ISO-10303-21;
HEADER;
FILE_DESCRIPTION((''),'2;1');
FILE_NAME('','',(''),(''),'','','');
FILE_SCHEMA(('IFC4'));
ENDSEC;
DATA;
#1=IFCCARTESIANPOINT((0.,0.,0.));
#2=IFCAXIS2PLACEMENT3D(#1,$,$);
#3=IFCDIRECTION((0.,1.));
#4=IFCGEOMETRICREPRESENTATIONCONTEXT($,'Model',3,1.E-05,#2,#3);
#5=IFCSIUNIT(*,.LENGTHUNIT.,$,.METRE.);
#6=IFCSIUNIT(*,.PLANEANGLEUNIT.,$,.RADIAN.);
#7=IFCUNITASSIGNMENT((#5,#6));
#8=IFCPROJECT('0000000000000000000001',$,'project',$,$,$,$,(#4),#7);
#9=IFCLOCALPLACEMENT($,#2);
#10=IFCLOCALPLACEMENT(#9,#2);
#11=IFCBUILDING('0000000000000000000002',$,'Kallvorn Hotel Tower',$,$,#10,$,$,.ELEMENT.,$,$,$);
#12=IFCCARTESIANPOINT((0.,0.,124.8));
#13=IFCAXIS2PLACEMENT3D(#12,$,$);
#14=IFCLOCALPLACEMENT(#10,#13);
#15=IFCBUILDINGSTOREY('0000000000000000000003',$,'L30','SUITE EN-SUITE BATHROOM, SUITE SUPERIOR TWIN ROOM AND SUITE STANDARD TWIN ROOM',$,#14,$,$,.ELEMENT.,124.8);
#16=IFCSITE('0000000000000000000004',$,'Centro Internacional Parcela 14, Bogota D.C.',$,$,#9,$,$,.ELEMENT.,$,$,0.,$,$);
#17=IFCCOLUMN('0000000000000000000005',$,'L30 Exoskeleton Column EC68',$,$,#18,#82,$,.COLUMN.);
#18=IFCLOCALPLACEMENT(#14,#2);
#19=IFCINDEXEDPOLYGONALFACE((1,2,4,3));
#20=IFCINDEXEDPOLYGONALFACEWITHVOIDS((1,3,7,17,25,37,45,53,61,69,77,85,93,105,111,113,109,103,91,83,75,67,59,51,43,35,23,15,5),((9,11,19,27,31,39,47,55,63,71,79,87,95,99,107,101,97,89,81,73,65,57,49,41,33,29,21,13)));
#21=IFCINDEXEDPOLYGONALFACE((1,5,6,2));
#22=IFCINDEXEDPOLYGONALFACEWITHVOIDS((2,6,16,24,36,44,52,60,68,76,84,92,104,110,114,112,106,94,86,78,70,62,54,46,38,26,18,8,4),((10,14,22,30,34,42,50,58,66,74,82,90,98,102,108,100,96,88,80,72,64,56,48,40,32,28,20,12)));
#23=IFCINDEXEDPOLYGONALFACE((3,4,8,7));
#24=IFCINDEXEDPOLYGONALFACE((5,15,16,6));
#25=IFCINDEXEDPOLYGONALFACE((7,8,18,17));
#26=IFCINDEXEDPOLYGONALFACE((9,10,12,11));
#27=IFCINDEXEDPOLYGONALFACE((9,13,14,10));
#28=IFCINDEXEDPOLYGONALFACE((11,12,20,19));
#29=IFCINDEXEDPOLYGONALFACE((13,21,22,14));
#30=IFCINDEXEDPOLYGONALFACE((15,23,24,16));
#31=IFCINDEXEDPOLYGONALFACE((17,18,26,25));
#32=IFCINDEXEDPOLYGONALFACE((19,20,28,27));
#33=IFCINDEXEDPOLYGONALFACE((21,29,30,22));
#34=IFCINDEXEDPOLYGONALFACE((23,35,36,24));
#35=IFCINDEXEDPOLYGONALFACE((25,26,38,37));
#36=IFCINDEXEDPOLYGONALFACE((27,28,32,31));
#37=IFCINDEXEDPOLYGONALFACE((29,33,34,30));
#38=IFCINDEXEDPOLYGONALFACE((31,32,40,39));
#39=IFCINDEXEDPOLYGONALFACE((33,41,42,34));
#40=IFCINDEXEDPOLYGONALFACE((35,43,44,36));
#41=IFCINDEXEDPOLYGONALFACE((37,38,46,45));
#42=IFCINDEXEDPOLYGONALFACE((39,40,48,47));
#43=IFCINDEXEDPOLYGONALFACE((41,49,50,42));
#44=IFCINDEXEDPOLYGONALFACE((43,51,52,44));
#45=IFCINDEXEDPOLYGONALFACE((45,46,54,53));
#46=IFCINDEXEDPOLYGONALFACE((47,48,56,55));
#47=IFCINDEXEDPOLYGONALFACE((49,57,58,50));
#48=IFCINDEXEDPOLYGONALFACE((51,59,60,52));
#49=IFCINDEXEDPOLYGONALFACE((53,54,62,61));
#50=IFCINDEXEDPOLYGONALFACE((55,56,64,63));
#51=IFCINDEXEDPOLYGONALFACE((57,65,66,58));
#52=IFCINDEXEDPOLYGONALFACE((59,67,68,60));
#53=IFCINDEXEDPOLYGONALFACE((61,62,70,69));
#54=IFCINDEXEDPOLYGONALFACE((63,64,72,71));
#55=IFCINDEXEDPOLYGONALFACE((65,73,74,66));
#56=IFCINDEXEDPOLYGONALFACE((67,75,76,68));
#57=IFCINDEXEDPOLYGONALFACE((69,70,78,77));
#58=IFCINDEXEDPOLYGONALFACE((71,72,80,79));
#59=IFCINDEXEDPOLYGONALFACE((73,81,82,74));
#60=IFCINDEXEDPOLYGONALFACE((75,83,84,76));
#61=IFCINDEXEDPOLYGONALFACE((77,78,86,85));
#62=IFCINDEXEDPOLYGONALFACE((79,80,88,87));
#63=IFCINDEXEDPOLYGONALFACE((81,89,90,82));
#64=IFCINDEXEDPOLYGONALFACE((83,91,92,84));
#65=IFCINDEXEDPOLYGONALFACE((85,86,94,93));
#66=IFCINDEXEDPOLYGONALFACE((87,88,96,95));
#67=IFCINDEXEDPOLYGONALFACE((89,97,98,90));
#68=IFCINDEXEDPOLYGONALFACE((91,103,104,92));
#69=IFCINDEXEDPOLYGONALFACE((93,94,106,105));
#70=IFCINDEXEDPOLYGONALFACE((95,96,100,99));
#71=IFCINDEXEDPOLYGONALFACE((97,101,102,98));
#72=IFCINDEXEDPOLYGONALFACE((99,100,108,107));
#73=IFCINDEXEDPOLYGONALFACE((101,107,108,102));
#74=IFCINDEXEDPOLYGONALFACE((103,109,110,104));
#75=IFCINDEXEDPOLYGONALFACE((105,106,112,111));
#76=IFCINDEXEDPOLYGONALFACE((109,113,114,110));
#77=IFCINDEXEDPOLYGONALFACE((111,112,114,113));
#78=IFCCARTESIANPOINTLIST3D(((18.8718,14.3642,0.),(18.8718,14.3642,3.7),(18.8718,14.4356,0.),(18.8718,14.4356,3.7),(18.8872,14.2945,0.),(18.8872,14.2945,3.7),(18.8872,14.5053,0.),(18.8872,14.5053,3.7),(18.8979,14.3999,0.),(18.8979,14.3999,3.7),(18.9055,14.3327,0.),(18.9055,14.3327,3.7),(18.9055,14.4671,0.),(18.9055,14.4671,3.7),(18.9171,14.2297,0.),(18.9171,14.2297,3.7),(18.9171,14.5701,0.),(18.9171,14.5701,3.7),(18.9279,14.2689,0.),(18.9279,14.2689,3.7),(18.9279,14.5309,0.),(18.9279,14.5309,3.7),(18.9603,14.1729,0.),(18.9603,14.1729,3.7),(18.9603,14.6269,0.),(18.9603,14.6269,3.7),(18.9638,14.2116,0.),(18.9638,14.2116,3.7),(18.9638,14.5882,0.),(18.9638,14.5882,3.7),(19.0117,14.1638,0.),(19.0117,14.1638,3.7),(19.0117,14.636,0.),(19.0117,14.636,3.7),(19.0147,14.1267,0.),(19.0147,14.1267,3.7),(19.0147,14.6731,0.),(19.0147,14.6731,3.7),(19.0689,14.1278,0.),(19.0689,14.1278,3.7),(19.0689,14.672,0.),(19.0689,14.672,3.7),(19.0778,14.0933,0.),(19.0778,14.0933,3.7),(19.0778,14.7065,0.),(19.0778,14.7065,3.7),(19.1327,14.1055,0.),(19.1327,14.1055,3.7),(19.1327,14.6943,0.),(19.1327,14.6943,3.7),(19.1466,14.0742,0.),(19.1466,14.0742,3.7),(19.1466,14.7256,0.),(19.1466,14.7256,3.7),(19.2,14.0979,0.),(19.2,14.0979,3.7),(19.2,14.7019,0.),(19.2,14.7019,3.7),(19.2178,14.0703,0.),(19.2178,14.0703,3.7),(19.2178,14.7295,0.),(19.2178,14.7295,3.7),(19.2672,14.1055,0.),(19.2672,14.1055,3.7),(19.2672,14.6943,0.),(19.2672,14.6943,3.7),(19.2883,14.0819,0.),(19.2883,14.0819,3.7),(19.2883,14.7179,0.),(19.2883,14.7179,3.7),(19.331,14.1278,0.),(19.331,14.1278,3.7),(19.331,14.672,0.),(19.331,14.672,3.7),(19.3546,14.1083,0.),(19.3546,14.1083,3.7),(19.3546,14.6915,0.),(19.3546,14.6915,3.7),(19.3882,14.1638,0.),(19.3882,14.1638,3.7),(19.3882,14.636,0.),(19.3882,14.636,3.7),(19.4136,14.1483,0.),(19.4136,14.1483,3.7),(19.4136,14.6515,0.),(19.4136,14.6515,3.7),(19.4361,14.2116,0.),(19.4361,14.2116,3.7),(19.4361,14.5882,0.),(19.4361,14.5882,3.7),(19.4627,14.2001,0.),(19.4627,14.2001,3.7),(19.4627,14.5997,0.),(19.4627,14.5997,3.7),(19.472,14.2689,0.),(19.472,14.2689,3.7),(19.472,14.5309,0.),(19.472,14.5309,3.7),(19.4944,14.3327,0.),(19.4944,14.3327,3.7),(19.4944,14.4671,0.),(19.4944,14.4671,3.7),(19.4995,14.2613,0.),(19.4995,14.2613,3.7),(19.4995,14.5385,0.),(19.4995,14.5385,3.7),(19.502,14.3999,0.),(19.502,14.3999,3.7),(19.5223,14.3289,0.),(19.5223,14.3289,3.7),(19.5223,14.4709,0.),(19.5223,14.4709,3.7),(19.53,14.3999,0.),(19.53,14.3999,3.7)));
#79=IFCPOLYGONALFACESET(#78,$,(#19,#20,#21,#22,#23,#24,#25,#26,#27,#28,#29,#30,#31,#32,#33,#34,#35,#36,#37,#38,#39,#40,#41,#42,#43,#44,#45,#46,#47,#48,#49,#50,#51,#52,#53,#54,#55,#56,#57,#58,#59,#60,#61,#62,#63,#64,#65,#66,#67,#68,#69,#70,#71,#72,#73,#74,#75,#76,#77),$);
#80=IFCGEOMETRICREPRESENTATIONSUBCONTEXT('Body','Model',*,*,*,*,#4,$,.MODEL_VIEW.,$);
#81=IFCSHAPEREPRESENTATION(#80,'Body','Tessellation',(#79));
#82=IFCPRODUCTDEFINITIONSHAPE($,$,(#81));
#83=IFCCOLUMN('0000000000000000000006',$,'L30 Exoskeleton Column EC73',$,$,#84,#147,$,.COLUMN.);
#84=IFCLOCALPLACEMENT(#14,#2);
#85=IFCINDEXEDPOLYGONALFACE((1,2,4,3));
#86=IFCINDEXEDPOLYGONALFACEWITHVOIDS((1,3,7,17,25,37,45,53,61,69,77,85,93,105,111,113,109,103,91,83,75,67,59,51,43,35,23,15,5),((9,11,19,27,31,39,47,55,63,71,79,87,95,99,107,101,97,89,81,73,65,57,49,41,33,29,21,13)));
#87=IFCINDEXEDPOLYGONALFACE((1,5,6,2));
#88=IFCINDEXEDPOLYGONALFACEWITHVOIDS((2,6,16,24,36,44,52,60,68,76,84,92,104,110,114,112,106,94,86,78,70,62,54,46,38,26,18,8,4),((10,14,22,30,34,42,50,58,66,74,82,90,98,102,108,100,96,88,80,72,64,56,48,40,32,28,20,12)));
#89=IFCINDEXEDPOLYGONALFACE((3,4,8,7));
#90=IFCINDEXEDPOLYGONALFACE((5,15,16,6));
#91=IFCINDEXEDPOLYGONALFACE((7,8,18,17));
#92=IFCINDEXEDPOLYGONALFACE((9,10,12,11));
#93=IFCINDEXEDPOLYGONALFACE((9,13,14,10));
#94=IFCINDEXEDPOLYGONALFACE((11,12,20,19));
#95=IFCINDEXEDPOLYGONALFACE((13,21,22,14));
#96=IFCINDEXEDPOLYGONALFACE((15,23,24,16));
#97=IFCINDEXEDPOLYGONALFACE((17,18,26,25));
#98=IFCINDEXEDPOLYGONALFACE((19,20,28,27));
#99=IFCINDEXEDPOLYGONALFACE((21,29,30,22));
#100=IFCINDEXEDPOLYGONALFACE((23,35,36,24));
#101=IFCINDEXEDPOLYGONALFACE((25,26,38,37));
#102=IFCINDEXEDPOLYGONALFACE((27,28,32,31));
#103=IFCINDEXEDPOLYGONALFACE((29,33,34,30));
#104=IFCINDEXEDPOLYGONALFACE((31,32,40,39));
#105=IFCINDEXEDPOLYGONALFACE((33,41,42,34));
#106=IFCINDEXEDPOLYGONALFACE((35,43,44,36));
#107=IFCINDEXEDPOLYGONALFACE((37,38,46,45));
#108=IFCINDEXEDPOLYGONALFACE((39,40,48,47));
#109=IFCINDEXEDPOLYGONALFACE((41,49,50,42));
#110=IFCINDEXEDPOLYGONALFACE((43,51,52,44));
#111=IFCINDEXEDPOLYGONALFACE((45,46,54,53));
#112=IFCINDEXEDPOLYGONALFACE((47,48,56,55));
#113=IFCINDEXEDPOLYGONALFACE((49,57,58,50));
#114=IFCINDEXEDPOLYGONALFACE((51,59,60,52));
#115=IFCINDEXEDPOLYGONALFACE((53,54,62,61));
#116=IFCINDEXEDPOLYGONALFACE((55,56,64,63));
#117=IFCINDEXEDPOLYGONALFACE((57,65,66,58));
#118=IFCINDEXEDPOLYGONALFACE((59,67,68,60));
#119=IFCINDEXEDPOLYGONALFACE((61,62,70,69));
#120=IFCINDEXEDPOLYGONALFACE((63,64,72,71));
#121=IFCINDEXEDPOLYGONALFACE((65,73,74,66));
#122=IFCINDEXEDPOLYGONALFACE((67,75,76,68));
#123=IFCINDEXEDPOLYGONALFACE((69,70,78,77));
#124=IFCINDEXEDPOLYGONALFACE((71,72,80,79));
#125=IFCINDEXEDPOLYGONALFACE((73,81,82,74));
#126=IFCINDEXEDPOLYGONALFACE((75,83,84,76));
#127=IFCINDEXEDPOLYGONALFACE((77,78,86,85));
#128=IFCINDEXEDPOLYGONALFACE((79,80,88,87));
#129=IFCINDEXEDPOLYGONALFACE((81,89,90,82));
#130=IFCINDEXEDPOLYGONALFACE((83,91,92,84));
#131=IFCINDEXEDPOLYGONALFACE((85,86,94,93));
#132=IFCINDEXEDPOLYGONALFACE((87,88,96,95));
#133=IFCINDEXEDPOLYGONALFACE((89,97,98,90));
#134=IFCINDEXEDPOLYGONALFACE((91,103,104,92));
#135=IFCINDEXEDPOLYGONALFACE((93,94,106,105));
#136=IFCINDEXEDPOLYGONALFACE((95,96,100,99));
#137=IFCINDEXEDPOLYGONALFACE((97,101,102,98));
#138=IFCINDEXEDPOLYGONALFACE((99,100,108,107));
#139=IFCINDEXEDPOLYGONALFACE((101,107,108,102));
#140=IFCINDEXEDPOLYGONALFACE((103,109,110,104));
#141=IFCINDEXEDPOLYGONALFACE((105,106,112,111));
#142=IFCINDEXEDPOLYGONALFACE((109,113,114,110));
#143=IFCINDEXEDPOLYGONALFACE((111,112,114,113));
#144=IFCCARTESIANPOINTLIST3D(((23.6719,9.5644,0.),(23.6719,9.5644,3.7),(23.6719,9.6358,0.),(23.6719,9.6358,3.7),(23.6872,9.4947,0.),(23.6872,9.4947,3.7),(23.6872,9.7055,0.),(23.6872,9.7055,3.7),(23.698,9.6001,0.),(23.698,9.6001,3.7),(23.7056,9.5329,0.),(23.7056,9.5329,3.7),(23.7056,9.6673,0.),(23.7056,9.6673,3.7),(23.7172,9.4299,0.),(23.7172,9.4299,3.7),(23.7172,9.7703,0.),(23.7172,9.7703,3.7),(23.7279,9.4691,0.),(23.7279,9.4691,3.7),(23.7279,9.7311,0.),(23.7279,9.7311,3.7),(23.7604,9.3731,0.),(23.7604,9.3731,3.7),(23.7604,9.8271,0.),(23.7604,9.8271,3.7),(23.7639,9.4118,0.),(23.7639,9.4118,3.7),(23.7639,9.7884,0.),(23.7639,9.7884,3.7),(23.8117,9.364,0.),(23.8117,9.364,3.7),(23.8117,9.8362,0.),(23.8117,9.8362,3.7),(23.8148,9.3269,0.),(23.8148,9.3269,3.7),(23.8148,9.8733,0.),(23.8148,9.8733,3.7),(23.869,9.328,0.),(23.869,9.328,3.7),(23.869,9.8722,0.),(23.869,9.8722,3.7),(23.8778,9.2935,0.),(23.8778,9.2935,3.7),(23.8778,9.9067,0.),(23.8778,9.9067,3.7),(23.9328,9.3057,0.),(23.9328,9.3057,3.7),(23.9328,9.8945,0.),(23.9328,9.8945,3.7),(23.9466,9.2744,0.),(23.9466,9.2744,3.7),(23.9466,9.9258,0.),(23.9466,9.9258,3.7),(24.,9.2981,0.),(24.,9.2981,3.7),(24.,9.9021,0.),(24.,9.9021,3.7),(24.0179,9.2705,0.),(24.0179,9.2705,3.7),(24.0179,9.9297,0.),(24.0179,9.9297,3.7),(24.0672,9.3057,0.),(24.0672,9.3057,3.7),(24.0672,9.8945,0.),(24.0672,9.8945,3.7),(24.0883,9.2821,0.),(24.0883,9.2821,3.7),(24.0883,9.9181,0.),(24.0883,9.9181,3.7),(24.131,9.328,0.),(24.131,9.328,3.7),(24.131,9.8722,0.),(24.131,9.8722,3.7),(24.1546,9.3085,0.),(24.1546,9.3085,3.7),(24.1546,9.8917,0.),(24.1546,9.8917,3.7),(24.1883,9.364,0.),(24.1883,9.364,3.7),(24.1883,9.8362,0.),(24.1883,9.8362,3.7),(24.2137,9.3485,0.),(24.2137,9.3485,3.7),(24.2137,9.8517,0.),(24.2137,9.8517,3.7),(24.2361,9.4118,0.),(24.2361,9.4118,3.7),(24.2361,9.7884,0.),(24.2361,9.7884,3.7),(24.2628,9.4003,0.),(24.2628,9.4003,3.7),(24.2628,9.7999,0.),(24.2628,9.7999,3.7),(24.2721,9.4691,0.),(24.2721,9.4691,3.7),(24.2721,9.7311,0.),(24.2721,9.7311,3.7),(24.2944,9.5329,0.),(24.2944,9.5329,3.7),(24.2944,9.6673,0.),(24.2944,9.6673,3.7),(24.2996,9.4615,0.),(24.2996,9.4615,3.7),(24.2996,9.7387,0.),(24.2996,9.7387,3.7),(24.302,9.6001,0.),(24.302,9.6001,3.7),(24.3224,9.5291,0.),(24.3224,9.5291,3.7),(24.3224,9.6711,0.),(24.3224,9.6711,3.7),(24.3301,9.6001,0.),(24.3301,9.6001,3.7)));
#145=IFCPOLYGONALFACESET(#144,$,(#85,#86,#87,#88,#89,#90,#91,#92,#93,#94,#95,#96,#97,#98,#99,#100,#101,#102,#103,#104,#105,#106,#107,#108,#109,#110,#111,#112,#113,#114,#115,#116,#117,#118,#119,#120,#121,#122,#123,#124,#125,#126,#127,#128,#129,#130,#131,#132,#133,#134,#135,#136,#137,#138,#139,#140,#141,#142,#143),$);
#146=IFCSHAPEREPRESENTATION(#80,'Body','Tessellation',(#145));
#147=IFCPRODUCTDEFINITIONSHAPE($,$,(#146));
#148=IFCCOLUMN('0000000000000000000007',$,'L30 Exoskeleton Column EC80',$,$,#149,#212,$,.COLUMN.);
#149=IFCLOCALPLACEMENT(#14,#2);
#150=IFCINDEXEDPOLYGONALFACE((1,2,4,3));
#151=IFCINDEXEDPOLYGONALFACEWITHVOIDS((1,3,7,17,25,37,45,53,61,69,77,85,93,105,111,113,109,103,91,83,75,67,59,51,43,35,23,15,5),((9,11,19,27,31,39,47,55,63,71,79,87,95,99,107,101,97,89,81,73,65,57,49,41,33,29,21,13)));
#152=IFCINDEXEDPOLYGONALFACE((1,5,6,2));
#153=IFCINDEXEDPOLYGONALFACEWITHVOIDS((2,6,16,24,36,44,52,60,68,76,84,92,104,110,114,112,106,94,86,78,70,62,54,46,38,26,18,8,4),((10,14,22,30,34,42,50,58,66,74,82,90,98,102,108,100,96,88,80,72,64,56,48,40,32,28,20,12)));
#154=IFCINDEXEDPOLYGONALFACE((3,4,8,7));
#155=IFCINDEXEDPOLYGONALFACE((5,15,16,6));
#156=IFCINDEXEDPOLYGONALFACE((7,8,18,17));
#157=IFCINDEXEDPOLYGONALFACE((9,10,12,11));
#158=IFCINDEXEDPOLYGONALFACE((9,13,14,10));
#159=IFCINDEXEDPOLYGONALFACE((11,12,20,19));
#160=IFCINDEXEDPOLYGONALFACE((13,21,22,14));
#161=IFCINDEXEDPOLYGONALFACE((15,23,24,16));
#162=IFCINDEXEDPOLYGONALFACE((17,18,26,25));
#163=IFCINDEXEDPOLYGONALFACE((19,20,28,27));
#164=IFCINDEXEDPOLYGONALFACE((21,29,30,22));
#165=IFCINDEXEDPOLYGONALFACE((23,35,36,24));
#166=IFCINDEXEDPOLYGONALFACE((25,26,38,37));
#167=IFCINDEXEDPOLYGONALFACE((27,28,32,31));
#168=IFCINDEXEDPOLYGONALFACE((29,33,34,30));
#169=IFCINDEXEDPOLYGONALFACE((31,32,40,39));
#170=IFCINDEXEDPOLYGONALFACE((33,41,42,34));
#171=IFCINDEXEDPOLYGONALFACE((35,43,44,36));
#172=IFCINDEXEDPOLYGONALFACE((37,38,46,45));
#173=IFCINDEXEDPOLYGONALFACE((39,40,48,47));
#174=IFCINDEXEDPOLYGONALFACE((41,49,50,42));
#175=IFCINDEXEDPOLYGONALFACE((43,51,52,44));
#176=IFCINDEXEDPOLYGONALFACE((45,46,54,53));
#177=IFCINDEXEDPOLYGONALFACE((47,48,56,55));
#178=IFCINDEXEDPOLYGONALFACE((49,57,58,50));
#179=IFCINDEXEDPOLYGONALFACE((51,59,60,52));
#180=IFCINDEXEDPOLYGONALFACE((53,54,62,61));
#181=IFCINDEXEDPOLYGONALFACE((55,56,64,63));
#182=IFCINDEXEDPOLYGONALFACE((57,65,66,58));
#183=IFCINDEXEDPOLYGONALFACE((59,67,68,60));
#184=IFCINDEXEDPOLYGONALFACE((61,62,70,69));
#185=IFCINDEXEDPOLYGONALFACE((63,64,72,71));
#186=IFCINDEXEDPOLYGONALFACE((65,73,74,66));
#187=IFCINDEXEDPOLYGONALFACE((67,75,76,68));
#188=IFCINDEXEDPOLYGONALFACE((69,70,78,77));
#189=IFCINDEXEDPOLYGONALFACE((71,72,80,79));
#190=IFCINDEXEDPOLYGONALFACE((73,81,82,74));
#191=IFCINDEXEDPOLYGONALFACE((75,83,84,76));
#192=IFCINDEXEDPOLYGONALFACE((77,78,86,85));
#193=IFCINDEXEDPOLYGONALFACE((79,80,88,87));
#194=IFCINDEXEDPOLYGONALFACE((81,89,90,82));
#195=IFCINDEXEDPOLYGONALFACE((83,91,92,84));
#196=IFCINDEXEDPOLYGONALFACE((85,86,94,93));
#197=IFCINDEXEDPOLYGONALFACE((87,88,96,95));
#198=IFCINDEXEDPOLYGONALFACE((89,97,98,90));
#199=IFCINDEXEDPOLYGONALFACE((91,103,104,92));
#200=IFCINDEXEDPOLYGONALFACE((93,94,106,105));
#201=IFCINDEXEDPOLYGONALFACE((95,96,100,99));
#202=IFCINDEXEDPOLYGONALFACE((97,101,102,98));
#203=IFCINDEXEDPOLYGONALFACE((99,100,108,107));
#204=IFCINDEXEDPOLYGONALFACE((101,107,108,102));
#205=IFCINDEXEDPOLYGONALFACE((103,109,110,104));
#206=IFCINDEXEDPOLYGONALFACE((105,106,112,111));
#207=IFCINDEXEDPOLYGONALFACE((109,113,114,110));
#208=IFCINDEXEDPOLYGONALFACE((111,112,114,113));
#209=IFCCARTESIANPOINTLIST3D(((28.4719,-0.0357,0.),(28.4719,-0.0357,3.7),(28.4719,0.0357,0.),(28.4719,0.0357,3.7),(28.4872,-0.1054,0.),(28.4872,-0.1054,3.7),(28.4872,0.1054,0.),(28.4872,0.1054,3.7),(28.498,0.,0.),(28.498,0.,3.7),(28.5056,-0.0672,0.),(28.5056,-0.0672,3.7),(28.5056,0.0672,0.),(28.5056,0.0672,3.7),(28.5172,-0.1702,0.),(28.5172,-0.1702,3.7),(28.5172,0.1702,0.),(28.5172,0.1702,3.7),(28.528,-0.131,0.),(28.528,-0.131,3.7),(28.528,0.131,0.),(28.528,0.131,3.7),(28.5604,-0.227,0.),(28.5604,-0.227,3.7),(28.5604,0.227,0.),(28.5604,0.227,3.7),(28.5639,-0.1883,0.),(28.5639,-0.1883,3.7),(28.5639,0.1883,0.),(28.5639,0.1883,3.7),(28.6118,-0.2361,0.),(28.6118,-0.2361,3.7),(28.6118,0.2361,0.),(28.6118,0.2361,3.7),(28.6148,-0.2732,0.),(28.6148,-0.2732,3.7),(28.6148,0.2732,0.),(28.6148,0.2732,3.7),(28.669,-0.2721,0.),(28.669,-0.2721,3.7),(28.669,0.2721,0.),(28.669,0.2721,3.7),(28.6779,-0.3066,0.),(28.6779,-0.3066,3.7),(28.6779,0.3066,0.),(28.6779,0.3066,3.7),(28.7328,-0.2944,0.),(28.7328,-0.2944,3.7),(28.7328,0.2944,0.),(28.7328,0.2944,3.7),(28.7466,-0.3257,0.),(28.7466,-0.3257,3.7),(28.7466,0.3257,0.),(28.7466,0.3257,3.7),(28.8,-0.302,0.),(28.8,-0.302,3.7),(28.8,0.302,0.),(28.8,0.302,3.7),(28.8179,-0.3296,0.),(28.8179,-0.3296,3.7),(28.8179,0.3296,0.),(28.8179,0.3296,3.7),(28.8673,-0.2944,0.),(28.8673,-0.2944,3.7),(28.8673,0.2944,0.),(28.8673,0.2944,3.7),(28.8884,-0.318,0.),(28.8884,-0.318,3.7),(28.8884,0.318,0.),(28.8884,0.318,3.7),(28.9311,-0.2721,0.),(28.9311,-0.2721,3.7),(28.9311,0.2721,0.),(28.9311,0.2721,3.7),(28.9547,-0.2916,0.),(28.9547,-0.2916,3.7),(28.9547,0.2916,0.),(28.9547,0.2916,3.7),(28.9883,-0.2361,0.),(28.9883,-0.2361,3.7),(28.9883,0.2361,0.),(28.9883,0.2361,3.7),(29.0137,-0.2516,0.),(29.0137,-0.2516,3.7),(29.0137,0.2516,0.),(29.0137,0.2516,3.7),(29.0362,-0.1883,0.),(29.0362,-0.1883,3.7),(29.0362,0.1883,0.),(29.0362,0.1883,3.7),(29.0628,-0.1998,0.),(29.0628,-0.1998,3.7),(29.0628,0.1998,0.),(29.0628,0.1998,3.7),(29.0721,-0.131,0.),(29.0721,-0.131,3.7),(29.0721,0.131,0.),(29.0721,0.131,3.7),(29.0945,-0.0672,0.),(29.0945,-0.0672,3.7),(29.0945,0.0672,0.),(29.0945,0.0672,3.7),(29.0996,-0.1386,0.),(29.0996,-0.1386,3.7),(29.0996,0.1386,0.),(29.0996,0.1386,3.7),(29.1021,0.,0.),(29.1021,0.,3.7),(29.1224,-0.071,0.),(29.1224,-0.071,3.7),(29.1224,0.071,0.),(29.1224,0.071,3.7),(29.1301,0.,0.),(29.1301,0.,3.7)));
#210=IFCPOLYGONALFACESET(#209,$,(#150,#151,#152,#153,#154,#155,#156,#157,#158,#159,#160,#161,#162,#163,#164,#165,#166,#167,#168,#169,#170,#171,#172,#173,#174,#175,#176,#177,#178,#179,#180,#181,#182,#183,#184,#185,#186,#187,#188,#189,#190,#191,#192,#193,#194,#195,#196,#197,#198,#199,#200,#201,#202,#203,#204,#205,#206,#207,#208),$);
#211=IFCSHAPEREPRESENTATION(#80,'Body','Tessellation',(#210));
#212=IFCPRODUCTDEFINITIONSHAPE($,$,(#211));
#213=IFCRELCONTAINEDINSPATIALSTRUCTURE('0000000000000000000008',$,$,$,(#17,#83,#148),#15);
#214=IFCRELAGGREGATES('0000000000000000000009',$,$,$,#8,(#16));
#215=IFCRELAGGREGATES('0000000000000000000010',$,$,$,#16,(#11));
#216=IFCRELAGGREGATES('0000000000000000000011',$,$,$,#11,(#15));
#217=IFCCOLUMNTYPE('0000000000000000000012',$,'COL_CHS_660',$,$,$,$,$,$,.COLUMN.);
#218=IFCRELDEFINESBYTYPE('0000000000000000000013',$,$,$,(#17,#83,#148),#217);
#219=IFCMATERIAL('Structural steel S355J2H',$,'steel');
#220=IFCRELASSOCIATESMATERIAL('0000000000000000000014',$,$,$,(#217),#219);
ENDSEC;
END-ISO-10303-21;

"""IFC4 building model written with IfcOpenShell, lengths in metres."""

from ifc_helpers import new_model, si_unit, direction, frame, origin, origin_2d, place, context, subcontext, project, spatial, hollow_circle, extrude, material, material_profile, profile_set, type_object, element, save


model = new_model("IFC4")

# Units and contexts
model_context = context("Model", 3, precision=1e-05, world=origin(), true_north=direction((0.0, 1.0)))
body_context = subcontext(model_context, "Body", "Model", "MODEL_VIEW")
ifc_project = project(units=[si_unit("LENGTHUNIT", "METRE"), si_unit("PLANEANGLEUNIT", "RADIAN")], contexts=[model_context])

# Site, building, storey
site_placement = place(None, origin())
site = spatial("IfcSite", under=ifc_project, at=site_placement, Name="Centro Internacional Parcela 14, Bogota D.C.", CompositionType="ELEMENT", RefElevation=0.0)
building_placement = place(site_placement, origin())
building = spatial("IfcBuilding", under=site, at=building_placement, Name="Kallvorn Hotel Tower", CompositionType="ELEMENT")
storey_placement = place(building_placement, frame((0.0, 0.0, 124.8)))
storey = spatial("IfcBuildingStorey", under=building, at=storey_placement, Name="L30", Description="SUITE EN-SUITE BATHROOM, SUITE SUPERIOR TWIN ROOM AND SUITE STANDARD TWIN ROOM", CompositionType="ELEMENT", Elevation=124.8)

# Columns
ifc_material_1 = material(Name="Structural steel S355J2H", Category="steel")
ifc_material_profile_1 = material_profile(ifc_material_1, hollow_circle(Radius=0.3301, WallThickness=0.0281, at=origin_2d()), Name="CHS 660x28")
ifc_profile_set_1 = profile_set([ifc_material_profile_1], Name="Structural steel S355J2H")
column_type_1 = type_object("IfcColumnType", Name="COL_CHS_660", PredefinedType="COLUMN", material=ifc_profile_set_1)
for number, where, z_axis, x_axis, name in (
    (1, (19.2, 14.3999, 0.0), (0.0, 0.0, 1.0), (1.0, 0.0, 0.0), "L30 Exoskeleton Column EC68"),
    (2, (24.0, 9.6001, 0.0), (0.0, 0.0, 1.0), (1.0, 0.0, 0.0), "L30 Exoskeleton Column EC73"),
    (3, (28.8, 0.0, 0.0), (0.0, 0.0, 1.0), (1.0, 0.0, 0.0), "L30 Exoskeleton Column EC80"),
):
    element("IfcColumn", number, at=place(storey_placement, frame(where, z_axis=z_axis, x_axis=x_axis)), inside=storey, type_object=column_type_1, Name=name, PredefinedType="COLUMN", context=body_context, shape_type="SweptSolid", body=[
        extrude(hollow_circle(Radius=0.3301, WallThickness=0.0281, at=origin_2d()), origin(), (0.0, 0.0, 1.0), 3.7),
    ])

save(model, "model.ifc")
